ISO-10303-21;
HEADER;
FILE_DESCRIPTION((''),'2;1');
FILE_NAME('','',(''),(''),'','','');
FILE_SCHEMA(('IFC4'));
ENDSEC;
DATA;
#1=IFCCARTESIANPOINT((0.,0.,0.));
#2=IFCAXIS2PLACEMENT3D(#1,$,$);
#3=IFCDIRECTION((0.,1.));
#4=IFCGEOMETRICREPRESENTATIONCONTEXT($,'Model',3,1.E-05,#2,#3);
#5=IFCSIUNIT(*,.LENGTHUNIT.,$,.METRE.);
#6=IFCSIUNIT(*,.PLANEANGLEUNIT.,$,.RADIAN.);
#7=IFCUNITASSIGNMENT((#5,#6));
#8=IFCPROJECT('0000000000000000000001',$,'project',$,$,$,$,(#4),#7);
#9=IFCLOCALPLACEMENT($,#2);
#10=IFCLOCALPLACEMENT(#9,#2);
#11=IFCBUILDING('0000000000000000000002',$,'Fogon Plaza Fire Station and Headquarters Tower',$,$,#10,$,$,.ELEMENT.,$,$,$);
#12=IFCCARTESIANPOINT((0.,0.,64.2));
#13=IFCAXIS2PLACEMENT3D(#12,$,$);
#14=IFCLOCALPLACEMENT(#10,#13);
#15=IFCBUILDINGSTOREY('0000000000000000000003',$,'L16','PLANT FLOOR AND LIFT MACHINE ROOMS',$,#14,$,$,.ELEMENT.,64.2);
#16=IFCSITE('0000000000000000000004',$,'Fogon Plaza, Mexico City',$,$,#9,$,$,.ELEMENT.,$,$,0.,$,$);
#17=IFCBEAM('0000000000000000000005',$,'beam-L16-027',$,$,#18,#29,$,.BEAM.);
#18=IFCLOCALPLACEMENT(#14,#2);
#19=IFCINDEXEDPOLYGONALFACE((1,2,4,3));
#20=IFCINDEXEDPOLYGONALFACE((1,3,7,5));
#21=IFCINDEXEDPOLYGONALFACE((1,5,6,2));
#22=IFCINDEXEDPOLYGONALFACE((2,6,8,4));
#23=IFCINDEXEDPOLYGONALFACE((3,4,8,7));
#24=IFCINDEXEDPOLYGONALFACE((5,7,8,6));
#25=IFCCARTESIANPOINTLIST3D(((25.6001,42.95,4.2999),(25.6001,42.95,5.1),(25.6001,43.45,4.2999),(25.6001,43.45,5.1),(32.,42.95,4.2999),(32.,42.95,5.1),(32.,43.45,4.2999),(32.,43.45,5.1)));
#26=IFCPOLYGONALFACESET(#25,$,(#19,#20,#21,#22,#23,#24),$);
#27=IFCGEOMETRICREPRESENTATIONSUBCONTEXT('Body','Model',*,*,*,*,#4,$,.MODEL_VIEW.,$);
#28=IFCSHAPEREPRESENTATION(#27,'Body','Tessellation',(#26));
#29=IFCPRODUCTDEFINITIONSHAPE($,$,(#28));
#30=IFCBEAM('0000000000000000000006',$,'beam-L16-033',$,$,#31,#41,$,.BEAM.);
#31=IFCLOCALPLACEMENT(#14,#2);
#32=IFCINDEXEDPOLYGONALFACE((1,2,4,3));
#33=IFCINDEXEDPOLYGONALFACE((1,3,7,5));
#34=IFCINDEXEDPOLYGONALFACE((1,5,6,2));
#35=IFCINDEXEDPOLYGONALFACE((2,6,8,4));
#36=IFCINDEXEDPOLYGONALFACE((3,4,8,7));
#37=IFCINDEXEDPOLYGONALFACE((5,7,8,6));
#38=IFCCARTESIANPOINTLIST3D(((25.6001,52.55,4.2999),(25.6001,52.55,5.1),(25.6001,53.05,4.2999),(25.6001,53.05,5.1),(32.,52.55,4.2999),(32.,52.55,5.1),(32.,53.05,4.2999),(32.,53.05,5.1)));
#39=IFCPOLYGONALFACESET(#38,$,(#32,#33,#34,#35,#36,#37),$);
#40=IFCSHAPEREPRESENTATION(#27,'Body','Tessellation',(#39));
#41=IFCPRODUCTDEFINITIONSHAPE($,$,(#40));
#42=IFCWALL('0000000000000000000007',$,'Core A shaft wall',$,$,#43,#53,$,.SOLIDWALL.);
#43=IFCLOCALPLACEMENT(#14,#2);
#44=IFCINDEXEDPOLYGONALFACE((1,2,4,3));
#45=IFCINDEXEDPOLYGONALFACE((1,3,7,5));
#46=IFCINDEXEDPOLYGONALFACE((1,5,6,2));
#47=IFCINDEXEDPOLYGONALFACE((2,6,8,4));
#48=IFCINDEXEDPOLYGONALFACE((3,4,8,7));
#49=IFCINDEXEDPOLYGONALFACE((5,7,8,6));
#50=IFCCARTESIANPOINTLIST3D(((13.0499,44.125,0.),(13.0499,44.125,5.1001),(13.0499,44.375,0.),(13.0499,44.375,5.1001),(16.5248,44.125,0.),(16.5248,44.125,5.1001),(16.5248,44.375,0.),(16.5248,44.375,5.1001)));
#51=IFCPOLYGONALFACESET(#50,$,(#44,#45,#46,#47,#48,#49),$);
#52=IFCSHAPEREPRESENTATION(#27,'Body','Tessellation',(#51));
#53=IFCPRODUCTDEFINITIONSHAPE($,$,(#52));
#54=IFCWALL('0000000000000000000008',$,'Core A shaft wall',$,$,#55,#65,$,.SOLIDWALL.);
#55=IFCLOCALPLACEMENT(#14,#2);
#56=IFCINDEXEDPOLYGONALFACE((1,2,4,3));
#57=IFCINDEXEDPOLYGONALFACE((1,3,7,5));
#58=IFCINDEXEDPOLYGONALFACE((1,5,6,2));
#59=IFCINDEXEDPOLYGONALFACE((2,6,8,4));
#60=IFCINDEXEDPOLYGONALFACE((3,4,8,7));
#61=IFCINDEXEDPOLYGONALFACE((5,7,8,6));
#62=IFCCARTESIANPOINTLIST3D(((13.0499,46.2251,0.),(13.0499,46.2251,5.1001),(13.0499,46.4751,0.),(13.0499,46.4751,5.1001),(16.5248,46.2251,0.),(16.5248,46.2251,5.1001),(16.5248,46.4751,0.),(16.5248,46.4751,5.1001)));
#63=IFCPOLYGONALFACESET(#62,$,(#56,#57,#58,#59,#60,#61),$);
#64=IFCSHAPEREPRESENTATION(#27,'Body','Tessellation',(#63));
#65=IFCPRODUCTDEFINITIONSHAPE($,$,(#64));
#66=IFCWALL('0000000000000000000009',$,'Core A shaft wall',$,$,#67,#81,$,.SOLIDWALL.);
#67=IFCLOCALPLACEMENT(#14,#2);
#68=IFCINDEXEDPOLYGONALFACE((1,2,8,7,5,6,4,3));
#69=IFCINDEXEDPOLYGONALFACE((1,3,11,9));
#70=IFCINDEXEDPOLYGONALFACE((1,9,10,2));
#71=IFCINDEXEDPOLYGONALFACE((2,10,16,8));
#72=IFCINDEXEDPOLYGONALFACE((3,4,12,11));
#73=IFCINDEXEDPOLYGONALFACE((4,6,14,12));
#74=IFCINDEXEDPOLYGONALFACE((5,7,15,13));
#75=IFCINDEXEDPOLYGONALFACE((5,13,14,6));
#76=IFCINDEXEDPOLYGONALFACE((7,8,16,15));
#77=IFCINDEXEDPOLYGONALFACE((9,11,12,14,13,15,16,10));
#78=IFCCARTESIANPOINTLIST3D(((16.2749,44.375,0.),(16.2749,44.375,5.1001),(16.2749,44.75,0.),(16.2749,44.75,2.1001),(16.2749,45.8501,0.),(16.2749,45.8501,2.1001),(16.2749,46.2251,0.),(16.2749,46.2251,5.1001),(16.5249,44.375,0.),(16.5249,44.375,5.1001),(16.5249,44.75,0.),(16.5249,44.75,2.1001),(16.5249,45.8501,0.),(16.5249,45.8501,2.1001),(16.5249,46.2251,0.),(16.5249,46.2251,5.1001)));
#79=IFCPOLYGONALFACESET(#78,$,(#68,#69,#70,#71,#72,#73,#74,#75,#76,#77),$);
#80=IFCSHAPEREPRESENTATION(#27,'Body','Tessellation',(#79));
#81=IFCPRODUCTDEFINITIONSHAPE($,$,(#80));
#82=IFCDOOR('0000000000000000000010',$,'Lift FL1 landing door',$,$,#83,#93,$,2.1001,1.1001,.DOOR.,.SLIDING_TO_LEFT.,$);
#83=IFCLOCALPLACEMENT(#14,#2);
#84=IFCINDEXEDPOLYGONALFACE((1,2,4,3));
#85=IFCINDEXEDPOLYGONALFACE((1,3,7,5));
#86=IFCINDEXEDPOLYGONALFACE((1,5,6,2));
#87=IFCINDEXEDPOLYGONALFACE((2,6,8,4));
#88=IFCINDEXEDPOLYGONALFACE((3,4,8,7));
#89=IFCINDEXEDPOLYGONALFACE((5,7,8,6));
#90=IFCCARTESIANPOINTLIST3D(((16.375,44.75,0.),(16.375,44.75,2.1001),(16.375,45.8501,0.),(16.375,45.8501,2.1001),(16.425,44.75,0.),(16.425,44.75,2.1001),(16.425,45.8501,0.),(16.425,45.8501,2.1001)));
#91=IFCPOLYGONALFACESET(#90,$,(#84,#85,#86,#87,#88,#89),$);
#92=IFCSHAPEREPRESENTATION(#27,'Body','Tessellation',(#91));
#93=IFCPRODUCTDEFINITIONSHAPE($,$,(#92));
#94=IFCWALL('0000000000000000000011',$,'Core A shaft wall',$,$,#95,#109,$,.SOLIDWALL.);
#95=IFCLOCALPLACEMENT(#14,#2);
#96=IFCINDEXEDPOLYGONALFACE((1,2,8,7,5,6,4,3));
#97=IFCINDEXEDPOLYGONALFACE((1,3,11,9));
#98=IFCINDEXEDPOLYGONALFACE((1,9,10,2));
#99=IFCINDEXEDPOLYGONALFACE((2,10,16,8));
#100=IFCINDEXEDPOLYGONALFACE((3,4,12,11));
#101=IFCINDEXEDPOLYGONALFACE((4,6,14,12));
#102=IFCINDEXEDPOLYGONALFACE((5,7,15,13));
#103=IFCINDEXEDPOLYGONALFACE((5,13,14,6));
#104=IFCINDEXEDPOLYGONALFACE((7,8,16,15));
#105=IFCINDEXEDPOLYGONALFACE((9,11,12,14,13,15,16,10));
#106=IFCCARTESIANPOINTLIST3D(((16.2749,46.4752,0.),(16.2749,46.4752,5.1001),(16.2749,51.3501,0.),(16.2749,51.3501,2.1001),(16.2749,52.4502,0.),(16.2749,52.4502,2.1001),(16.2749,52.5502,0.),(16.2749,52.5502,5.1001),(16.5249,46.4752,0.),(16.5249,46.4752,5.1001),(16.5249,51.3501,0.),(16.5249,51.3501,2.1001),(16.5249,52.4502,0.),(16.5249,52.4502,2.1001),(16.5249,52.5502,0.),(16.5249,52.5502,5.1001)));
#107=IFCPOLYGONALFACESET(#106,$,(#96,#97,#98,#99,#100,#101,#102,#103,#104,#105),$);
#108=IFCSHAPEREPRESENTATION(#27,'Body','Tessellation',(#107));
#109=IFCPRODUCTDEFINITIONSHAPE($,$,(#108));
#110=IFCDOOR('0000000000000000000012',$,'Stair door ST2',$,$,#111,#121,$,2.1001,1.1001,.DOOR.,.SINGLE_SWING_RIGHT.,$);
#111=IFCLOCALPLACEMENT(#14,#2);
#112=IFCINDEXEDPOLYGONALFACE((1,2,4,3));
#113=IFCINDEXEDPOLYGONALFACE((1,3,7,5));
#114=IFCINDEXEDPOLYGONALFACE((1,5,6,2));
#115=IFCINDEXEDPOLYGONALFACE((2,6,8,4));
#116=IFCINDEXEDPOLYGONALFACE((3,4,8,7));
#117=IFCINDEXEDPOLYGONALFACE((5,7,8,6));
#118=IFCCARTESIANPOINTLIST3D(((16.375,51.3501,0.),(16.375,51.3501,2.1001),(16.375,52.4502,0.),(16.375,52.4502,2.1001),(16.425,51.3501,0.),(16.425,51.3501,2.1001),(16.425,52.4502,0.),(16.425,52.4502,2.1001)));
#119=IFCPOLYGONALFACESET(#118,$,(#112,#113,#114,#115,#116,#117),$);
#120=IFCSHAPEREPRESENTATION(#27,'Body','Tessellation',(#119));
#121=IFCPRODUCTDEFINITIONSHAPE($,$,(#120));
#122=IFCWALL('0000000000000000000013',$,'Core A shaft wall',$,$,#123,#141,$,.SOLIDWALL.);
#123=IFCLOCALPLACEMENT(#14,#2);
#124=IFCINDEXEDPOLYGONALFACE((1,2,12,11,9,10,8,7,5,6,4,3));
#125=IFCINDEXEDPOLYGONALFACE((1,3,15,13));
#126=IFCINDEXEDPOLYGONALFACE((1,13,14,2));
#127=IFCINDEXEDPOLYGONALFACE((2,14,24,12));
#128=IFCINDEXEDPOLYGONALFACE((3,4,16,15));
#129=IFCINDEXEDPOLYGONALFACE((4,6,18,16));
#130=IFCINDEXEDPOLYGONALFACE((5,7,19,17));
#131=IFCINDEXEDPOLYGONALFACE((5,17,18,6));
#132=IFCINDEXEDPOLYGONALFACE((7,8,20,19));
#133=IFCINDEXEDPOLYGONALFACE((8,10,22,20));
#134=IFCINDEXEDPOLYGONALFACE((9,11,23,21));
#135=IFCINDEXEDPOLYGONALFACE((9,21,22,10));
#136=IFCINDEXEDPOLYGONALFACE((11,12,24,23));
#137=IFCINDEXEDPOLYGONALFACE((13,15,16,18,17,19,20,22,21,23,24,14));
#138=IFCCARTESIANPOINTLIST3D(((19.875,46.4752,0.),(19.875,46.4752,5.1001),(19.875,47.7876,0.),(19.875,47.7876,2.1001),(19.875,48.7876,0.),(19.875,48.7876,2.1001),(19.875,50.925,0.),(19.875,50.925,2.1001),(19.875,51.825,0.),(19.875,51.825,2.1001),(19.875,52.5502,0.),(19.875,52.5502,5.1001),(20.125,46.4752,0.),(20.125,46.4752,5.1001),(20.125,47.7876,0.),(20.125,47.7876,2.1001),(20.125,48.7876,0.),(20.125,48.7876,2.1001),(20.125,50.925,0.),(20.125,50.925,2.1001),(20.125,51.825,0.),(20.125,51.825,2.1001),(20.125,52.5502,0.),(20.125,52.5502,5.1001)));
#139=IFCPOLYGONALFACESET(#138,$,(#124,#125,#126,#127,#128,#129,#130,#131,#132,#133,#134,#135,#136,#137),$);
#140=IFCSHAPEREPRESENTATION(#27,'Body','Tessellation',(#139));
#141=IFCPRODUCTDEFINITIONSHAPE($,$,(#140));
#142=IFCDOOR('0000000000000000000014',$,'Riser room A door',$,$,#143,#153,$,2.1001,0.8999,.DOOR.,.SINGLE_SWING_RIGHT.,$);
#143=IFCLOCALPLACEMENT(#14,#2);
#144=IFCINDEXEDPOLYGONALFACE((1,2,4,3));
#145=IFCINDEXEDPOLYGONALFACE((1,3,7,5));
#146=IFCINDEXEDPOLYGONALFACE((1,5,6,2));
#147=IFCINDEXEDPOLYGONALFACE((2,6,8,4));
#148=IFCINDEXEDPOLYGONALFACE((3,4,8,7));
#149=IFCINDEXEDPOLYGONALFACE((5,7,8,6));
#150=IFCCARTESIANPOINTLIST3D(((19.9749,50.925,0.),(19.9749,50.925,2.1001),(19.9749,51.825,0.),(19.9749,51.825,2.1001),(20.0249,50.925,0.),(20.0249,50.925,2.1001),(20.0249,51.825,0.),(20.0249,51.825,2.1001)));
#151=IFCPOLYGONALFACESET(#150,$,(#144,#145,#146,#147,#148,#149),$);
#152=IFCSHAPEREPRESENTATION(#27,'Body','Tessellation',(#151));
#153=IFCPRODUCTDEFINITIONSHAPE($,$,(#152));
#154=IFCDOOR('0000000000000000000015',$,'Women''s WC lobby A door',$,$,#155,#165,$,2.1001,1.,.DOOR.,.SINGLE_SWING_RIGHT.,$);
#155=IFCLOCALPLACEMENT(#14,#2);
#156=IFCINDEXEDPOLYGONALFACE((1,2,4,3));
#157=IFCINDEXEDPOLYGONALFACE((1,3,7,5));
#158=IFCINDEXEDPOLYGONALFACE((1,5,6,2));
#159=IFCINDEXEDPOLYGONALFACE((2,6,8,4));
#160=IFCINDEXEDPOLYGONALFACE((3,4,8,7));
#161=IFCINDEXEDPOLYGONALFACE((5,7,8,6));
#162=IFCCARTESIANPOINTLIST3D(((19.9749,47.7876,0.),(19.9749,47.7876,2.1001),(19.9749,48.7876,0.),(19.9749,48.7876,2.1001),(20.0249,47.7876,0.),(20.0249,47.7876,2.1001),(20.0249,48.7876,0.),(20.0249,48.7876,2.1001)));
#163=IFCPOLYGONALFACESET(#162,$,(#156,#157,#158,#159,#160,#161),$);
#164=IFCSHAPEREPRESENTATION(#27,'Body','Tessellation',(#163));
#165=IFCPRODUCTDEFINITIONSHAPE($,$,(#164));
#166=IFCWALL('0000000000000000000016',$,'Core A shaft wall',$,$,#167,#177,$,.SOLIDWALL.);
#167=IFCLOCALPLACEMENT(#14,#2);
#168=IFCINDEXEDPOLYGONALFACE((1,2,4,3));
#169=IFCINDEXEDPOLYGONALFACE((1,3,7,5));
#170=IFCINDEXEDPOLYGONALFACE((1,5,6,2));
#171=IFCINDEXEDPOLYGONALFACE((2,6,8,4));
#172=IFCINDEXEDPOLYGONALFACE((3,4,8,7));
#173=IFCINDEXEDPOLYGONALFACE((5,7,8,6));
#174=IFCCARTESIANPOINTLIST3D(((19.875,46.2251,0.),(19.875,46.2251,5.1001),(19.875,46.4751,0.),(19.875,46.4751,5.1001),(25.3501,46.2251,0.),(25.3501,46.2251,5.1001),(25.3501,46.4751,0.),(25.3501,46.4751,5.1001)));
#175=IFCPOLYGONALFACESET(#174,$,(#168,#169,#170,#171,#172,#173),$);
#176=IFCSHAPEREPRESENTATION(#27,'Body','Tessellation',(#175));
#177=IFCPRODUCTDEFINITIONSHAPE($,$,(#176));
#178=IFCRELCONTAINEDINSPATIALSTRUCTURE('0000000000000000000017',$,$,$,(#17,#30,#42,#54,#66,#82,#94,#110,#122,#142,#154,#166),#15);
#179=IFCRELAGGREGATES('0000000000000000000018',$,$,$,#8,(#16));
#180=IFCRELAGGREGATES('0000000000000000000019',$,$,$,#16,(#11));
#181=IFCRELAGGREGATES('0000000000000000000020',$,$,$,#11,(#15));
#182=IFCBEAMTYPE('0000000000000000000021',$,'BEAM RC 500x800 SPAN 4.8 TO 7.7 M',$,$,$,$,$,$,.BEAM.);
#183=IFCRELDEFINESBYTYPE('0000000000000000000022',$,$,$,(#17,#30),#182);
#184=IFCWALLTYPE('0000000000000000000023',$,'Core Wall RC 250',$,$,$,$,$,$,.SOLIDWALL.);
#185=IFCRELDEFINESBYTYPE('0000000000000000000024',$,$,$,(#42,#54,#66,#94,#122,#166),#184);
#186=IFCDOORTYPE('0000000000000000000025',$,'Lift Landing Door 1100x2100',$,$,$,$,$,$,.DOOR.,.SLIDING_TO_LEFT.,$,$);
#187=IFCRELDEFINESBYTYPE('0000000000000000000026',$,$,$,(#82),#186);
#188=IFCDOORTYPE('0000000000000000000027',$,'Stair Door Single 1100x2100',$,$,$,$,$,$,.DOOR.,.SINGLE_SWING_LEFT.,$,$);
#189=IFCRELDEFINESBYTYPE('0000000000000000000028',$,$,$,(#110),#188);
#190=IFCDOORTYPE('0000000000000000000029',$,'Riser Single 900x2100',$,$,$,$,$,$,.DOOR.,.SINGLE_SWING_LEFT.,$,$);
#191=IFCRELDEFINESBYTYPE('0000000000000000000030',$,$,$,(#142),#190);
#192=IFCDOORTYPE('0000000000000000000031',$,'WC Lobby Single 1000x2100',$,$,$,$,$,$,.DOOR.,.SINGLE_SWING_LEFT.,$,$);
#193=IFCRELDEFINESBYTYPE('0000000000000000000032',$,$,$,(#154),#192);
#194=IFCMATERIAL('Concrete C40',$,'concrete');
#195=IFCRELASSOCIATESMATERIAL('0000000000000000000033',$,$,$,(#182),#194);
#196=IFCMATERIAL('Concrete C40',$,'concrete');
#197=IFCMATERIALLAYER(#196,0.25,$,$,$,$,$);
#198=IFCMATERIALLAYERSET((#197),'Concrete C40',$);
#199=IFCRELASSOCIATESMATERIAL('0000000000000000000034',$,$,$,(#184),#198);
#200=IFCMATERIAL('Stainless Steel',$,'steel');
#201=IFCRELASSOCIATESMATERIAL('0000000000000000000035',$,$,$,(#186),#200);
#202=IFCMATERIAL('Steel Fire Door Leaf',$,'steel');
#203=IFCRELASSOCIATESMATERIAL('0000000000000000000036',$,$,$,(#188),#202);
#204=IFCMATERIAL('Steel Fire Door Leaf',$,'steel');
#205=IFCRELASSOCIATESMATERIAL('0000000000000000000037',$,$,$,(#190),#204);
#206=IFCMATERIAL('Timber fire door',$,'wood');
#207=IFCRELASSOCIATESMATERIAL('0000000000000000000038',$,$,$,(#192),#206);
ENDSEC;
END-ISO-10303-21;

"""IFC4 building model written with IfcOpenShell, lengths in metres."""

from ifc_helpers import new_model, si_unit, direction, frame, frame_2d, origin, origin_2d, place, context, subcontext, project, spatial, rectangle, extrude, material, layer, layer_set, material_profile, profile_set, type_object, element, fill, save


model = new_model("IFC4")

# Units and contexts
model_context = context("Model", 3, precision=1e-05, world=origin(), true_north=direction((0.0, 1.0)))
body_context = subcontext(model_context, "Body", "Model", "MODEL_VIEW")
ifc_project = project(units=[si_unit("LENGTHUNIT", "METRE"), si_unit("PLANEANGLEUNIT", "RADIAN")], contexts=[model_context])

# Site, building, storey
site_placement = place(None, origin())
site = spatial("IfcSite", under=ifc_project, at=site_placement, Name="Fogon Plaza, Mexico City", CompositionType="ELEMENT", RefElevation=0.0)
building_placement = place(site_placement, origin())
building = spatial("IfcBuilding", under=site, at=building_placement, Name="Fogon Plaza Fire Station and Headquarters Tower", CompositionType="ELEMENT")
storey_placement = place(building_placement, frame((0.0, 0.0, 64.2)))
storey = spatial("IfcBuildingStorey", under=building, at=storey_placement, Name="L16", Description="PLANT FLOOR AND LIFT MACHINE ROOMS", CompositionType="ELEMENT", Elevation=64.2)

# Beams
ifc_material_1 = material(Name="Concrete C40", Category="concrete")
ifc_material_profile = material_profile(ifc_material_1, rectangle(XDim=0.5, YDim=0.8, at=origin_2d()), Name="RC 500x800")
ifc_profile_set = profile_set([ifc_material_profile], Name="Concrete C40")
beam_type = type_object("IfcBeamType", Name="BEAM RC 500x800 SPAN 4.8 TO 7.7 M", PredefinedType="BEAM", material=ifc_profile_set)
for number, where, z_axis, x_axis, name in (
    (1, (25.6001, 43.2, 4.7), (1.0, 0.0, 0.0), (0.0, 1.0, 0.0), "beam-L16-027"),
    (2, (25.6001, 52.8, 4.7), (1.0, 0.0, 0.0), (0.0, 1.0, 0.0), "beam-L16-033"),
):
    element("IfcBeam", number, at=place(storey_placement, frame(where, z_axis=z_axis, x_axis=x_axis)), inside=storey, type_object=beam_type, Name=name, PredefinedType="BEAM", context=body_context, shape_type="SweptSolid", body=[
        extrude(rectangle(XDim=0.5, YDim=0.8, at=origin_2d()), origin(), (0.0, 0.0, 1.0), 6.3999),
    ])

# Walls
ifc_material_2 = material(Name="Concrete C40", Category="concrete")
ifc_layer_1 = layer(ifc_material_2, 0.25)
ifc_layer_set_1 = layer_set([ifc_layer_1], Name="Concrete C40")
wall_type_1 = type_object("IfcWallType", Name="Core Wall RC 250", PredefinedType="SOLIDWALL", material=ifc_layer_set_1)
for number, where, z_axis, x_axis, name in (
    (3, (13.05, 44.25, 0.0), (0.0, 0.0, 1.0), (1.0, 0.0, 0.0), "Core A shaft wall"),
    (4, (13.05, 46.3501, 0.0), (0.0, 0.0, 1.0), (1.0, 0.0, 0.0), "Core A shaft wall"),
):
    element("IfcWall", number, at=place(storey_placement, frame(where, z_axis=z_axis, x_axis=x_axis)), inside=storey, type_object=wall_type_1, Name=name, PredefinedType="SOLIDWALL", context=body_context, shape_type="SweptSolid", body=[
        extrude(rectangle(XDim=3.4749, YDim=0.25, at=frame_2d((1.7373, 0.0))), origin(), (0.0, 0.0, 1.0), 5.1001),
    ])

# Walls, openings, doors
wall_1_placement = place(storey_placement, frame((16.3999, 44.375, 0.0), z_axis=(0.0, 0.0, 1.0), x_axis=(0.0, 1.0, 0.0)))
wall_1 = element("IfcWall", 5, at=wall_1_placement, inside=storey, type_object=wall_type_1, Name="Core A shaft wall", PredefinedType="SOLIDWALL", context=body_context, shape_type="SweptSolid", body=[
    extrude(rectangle(XDim=1.8501, YDim=0.25, at=frame_2d((0.925, 0.0))), origin(), (0.0, 0.0, 1.0), 5.1001),
])
opening_1_placement = place(wall_1_placement, frame((0.375, 0.0, 0.0)))
opening_1 = element("IfcOpeningElement", 6, at=opening_1_placement, cuts=wall_1, PredefinedType="OPENING", context=body_context, shape_type="SweptSolid", body=[
    extrude(rectangle(XDim=1.1001, YDim=2.1001, at=frame_2d((0.55, 1.05))), frame((0.0, 0.135, 0.0), z_axis=(0.0, -1.0, 0.0), x_axis=(1.0, 0.0, 0.0)), (0.0, 0.0, 1.0), 0.27),
])
ifc_material_3 = material(Name="Stainless Steel", Category="steel")
door_type_1 = type_object("IfcDoorType", Name="Lift Landing Door 1100x2100", OperationType="SLIDING_TO_LEFT", PredefinedType="DOOR", material=ifc_material_3)
door_1_placement = place(opening_1_placement, origin())
door_1 = element("IfcDoor", 7, at=door_1_placement, inside=storey, type_object=door_type_1, Name="Lift FL1 landing door", OperationType="SLIDING_TO_LEFT", OverallHeight=2.1001, OverallWidth=1.1001, PredefinedType="DOOR", context=body_context, shape_type="SweptSolid", body=[
    extrude(rectangle(XDim=1.1001, YDim=2.1001, at=frame_2d((0.55, 1.05))), frame((0.0, 0.0249, 0.0), z_axis=(0.0, -1.0, 0.0), x_axis=(1.0, 0.0, 0.0)), (0.0, 0.0, 1.0), 0.05),
])
fill(opening_1, door_1)
wall_2_placement = place(storey_placement, frame((16.3999, 46.4751, 0.0), z_axis=(0.0, 0.0, 1.0), x_axis=(0.0, 1.0, 0.0)))
wall_2 = element("IfcWall", 8, at=wall_2_placement, inside=storey, type_object=wall_type_1, Name="Core A shaft wall", PredefinedType="SOLIDWALL", context=body_context, shape_type="SweptSolid", body=[
    extrude(rectangle(XDim=6.075, YDim=0.25, at=frame_2d((3.0376, 0.0))), origin(), (0.0, 0.0, 1.0), 5.1001),
])
opening_2_placement = place(wall_2_placement, frame((4.875, 0.0, 0.0)))
opening_2 = element("IfcOpeningElement", 9, at=opening_2_placement, cuts=wall_2, PredefinedType="OPENING", context=body_context, shape_type="SweptSolid", body=[
    extrude(rectangle(XDim=1.1001, YDim=2.1001, at=frame_2d((0.55, 1.05))), frame((0.0, 0.135, 0.0), z_axis=(0.0, -1.0, 0.0), x_axis=(1.0, 0.0, 0.0)), (0.0, 0.0, 1.0), 0.27),
])
ifc_material_4 = material(Name="Steel Fire Door Leaf", Category="steel")
door_type_2 = type_object("IfcDoorType", Name="Stair Door Single 1100x2100", OperationType="SINGLE_SWING_LEFT", PredefinedType="DOOR", material=ifc_material_4)
door_2_placement = place(opening_2_placement, origin())
door_2 = element("IfcDoor", 10, at=door_2_placement, inside=storey, type_object=door_type_2, Name="Stair door ST2", OperationType="SINGLE_SWING_RIGHT", OverallHeight=2.1001, OverallWidth=1.1001, PredefinedType="DOOR", context=body_context, shape_type="SweptSolid", body=[
    extrude(rectangle(XDim=1.1001, YDim=2.1001, at=frame_2d((0.55, 1.05))), frame((0.0, 0.0249, 0.0), z_axis=(0.0, -1.0, 0.0), x_axis=(1.0, 0.0, 0.0)), (0.0, 0.0, 1.0), 0.05),
])
fill(opening_2, door_2)

# Wall, openings, doors
wall_3_placement = place(storey_placement, frame((20.0, 46.4751, 0.0), z_axis=(0.0, 0.0, 1.0), x_axis=(0.0, 1.0, 0.0)))
wall_3 = element("IfcWall", 11, at=wall_3_placement, inside=storey, type_object=wall_type_1, Name="Core A shaft wall", PredefinedType="SOLIDWALL", context=body_context, shape_type="SweptSolid", body=[
    extrude(rectangle(XDim=6.075, YDim=0.25, at=frame_2d((3.0376, 0.0))), origin(), (0.0, 0.0, 1.0), 5.1001),
])
opening_3_placement = place(wall_3_placement, frame((1.3125, 0.0, 0.0)))
opening_3 = element("IfcOpeningElement", 12, at=opening_3_placement, cuts=wall_3, PredefinedType="OPENING", context=body_context, shape_type="SweptSolid", body=[
    extrude(rectangle(XDim=1.0, YDim=2.1001, at=frame_2d((0.5, 1.05))), frame((0.0, 0.135, 0.0), z_axis=(0.0, -1.0, 0.0), x_axis=(1.0, 0.0, 0.0)), (0.0, 0.0, 1.0), 0.27),
])
opening_4_placement = place(wall_3_placement, frame((4.45, 0.0, 0.0)))
opening_4 = element("IfcOpeningElement", 13, at=opening_4_placement, cuts=wall_3, PredefinedType="OPENING", context=body_context, shape_type="SweptSolid", body=[
    extrude(rectangle(XDim=0.8999, YDim=2.1001, at=frame_2d((0.45, 1.05))), frame((0.0, 0.135, 0.0), z_axis=(0.0, -1.0, 0.0), x_axis=(1.0, 0.0, 0.0)), (0.0, 0.0, 1.0), 0.27),
])
ifc_material_5 = material(Name="Steel Fire Door Leaf", Category="steel")
door_type_3 = type_object("IfcDoorType", Name="Riser Single 900x2100", OperationType="SINGLE_SWING_LEFT", PredefinedType="DOOR", material=ifc_material_5)
door_3_placement = place(opening_4_placement, frame((0.8999, 0.0, 0.0), z_axis=(0.0, 0.0, 1.0), x_axis=(-1.0, 0.0, 0.0)))
door_3 = element("IfcDoor", 14, at=door_3_placement, inside=storey, type_object=door_type_3, Name="Riser room A door", OperationType="SINGLE_SWING_RIGHT", OverallHeight=2.1001, OverallWidth=0.8999, PredefinedType="DOOR", context=body_context, shape_type="SweptSolid", body=[
    extrude(rectangle(XDim=0.8999, YDim=2.1001, at=frame_2d((0.45, 1.05))), frame((0.0, 0.0249, 0.0), z_axis=(0.0, -1.0, 0.0), x_axis=(1.0, 0.0, 0.0)), (0.0, 0.0, 1.0), 0.05),
])
fill(opening_4, door_3)
ifc_material_6 = material(Name="Timber fire door", Category="wood")
door_type_4 = type_object("IfcDoorType", Name="WC Lobby Single 1000x2100", OperationType="SINGLE_SWING_LEFT", PredefinedType="DOOR", material=ifc_material_6)
door_4_placement = place(opening_3_placement, frame((1.0, 0.0, 0.0), z_axis=(0.0, 0.0, 1.0), x_axis=(-1.0, 0.0, 0.0)))
door_4 = element("IfcDoor", 15, at=door_4_placement, inside=storey, type_object=door_type_4, Name="Women's WC lobby A door", OperationType="SINGLE_SWING_RIGHT", OverallHeight=2.1001, OverallWidth=1.0, PredefinedType="DOOR", context=body_context, shape_type="SweptSolid", body=[
    extrude(rectangle(XDim=1.0, YDim=2.1001, at=frame_2d((0.5, 1.05))), frame((0.0, 0.0249, 0.0), z_axis=(0.0, -1.0, 0.0), x_axis=(1.0, 0.0, 0.0)), (0.0, 0.0, 1.0), 0.05),
])
fill(opening_3, door_4)

# Wall
wall_4_placement = place(storey_placement, frame((19.875, 46.3501, 0.0), z_axis=(0.0, 0.0, 1.0), x_axis=(1.0, 0.0, 0.0)))
element("IfcWall", 16, at=wall_4_placement, inside=storey, type_object=wall_type_1, Name="Core A shaft wall", PredefinedType="SOLIDWALL", context=body_context, shape_type="SweptSolid", body=[
    extrude(rectangle(XDim=5.4751, YDim=0.25, at=frame_2d((2.7375, 0.0))), origin(), (0.0, 0.0, 1.0), 5.1001),
])

save(model, "model.ifc")
